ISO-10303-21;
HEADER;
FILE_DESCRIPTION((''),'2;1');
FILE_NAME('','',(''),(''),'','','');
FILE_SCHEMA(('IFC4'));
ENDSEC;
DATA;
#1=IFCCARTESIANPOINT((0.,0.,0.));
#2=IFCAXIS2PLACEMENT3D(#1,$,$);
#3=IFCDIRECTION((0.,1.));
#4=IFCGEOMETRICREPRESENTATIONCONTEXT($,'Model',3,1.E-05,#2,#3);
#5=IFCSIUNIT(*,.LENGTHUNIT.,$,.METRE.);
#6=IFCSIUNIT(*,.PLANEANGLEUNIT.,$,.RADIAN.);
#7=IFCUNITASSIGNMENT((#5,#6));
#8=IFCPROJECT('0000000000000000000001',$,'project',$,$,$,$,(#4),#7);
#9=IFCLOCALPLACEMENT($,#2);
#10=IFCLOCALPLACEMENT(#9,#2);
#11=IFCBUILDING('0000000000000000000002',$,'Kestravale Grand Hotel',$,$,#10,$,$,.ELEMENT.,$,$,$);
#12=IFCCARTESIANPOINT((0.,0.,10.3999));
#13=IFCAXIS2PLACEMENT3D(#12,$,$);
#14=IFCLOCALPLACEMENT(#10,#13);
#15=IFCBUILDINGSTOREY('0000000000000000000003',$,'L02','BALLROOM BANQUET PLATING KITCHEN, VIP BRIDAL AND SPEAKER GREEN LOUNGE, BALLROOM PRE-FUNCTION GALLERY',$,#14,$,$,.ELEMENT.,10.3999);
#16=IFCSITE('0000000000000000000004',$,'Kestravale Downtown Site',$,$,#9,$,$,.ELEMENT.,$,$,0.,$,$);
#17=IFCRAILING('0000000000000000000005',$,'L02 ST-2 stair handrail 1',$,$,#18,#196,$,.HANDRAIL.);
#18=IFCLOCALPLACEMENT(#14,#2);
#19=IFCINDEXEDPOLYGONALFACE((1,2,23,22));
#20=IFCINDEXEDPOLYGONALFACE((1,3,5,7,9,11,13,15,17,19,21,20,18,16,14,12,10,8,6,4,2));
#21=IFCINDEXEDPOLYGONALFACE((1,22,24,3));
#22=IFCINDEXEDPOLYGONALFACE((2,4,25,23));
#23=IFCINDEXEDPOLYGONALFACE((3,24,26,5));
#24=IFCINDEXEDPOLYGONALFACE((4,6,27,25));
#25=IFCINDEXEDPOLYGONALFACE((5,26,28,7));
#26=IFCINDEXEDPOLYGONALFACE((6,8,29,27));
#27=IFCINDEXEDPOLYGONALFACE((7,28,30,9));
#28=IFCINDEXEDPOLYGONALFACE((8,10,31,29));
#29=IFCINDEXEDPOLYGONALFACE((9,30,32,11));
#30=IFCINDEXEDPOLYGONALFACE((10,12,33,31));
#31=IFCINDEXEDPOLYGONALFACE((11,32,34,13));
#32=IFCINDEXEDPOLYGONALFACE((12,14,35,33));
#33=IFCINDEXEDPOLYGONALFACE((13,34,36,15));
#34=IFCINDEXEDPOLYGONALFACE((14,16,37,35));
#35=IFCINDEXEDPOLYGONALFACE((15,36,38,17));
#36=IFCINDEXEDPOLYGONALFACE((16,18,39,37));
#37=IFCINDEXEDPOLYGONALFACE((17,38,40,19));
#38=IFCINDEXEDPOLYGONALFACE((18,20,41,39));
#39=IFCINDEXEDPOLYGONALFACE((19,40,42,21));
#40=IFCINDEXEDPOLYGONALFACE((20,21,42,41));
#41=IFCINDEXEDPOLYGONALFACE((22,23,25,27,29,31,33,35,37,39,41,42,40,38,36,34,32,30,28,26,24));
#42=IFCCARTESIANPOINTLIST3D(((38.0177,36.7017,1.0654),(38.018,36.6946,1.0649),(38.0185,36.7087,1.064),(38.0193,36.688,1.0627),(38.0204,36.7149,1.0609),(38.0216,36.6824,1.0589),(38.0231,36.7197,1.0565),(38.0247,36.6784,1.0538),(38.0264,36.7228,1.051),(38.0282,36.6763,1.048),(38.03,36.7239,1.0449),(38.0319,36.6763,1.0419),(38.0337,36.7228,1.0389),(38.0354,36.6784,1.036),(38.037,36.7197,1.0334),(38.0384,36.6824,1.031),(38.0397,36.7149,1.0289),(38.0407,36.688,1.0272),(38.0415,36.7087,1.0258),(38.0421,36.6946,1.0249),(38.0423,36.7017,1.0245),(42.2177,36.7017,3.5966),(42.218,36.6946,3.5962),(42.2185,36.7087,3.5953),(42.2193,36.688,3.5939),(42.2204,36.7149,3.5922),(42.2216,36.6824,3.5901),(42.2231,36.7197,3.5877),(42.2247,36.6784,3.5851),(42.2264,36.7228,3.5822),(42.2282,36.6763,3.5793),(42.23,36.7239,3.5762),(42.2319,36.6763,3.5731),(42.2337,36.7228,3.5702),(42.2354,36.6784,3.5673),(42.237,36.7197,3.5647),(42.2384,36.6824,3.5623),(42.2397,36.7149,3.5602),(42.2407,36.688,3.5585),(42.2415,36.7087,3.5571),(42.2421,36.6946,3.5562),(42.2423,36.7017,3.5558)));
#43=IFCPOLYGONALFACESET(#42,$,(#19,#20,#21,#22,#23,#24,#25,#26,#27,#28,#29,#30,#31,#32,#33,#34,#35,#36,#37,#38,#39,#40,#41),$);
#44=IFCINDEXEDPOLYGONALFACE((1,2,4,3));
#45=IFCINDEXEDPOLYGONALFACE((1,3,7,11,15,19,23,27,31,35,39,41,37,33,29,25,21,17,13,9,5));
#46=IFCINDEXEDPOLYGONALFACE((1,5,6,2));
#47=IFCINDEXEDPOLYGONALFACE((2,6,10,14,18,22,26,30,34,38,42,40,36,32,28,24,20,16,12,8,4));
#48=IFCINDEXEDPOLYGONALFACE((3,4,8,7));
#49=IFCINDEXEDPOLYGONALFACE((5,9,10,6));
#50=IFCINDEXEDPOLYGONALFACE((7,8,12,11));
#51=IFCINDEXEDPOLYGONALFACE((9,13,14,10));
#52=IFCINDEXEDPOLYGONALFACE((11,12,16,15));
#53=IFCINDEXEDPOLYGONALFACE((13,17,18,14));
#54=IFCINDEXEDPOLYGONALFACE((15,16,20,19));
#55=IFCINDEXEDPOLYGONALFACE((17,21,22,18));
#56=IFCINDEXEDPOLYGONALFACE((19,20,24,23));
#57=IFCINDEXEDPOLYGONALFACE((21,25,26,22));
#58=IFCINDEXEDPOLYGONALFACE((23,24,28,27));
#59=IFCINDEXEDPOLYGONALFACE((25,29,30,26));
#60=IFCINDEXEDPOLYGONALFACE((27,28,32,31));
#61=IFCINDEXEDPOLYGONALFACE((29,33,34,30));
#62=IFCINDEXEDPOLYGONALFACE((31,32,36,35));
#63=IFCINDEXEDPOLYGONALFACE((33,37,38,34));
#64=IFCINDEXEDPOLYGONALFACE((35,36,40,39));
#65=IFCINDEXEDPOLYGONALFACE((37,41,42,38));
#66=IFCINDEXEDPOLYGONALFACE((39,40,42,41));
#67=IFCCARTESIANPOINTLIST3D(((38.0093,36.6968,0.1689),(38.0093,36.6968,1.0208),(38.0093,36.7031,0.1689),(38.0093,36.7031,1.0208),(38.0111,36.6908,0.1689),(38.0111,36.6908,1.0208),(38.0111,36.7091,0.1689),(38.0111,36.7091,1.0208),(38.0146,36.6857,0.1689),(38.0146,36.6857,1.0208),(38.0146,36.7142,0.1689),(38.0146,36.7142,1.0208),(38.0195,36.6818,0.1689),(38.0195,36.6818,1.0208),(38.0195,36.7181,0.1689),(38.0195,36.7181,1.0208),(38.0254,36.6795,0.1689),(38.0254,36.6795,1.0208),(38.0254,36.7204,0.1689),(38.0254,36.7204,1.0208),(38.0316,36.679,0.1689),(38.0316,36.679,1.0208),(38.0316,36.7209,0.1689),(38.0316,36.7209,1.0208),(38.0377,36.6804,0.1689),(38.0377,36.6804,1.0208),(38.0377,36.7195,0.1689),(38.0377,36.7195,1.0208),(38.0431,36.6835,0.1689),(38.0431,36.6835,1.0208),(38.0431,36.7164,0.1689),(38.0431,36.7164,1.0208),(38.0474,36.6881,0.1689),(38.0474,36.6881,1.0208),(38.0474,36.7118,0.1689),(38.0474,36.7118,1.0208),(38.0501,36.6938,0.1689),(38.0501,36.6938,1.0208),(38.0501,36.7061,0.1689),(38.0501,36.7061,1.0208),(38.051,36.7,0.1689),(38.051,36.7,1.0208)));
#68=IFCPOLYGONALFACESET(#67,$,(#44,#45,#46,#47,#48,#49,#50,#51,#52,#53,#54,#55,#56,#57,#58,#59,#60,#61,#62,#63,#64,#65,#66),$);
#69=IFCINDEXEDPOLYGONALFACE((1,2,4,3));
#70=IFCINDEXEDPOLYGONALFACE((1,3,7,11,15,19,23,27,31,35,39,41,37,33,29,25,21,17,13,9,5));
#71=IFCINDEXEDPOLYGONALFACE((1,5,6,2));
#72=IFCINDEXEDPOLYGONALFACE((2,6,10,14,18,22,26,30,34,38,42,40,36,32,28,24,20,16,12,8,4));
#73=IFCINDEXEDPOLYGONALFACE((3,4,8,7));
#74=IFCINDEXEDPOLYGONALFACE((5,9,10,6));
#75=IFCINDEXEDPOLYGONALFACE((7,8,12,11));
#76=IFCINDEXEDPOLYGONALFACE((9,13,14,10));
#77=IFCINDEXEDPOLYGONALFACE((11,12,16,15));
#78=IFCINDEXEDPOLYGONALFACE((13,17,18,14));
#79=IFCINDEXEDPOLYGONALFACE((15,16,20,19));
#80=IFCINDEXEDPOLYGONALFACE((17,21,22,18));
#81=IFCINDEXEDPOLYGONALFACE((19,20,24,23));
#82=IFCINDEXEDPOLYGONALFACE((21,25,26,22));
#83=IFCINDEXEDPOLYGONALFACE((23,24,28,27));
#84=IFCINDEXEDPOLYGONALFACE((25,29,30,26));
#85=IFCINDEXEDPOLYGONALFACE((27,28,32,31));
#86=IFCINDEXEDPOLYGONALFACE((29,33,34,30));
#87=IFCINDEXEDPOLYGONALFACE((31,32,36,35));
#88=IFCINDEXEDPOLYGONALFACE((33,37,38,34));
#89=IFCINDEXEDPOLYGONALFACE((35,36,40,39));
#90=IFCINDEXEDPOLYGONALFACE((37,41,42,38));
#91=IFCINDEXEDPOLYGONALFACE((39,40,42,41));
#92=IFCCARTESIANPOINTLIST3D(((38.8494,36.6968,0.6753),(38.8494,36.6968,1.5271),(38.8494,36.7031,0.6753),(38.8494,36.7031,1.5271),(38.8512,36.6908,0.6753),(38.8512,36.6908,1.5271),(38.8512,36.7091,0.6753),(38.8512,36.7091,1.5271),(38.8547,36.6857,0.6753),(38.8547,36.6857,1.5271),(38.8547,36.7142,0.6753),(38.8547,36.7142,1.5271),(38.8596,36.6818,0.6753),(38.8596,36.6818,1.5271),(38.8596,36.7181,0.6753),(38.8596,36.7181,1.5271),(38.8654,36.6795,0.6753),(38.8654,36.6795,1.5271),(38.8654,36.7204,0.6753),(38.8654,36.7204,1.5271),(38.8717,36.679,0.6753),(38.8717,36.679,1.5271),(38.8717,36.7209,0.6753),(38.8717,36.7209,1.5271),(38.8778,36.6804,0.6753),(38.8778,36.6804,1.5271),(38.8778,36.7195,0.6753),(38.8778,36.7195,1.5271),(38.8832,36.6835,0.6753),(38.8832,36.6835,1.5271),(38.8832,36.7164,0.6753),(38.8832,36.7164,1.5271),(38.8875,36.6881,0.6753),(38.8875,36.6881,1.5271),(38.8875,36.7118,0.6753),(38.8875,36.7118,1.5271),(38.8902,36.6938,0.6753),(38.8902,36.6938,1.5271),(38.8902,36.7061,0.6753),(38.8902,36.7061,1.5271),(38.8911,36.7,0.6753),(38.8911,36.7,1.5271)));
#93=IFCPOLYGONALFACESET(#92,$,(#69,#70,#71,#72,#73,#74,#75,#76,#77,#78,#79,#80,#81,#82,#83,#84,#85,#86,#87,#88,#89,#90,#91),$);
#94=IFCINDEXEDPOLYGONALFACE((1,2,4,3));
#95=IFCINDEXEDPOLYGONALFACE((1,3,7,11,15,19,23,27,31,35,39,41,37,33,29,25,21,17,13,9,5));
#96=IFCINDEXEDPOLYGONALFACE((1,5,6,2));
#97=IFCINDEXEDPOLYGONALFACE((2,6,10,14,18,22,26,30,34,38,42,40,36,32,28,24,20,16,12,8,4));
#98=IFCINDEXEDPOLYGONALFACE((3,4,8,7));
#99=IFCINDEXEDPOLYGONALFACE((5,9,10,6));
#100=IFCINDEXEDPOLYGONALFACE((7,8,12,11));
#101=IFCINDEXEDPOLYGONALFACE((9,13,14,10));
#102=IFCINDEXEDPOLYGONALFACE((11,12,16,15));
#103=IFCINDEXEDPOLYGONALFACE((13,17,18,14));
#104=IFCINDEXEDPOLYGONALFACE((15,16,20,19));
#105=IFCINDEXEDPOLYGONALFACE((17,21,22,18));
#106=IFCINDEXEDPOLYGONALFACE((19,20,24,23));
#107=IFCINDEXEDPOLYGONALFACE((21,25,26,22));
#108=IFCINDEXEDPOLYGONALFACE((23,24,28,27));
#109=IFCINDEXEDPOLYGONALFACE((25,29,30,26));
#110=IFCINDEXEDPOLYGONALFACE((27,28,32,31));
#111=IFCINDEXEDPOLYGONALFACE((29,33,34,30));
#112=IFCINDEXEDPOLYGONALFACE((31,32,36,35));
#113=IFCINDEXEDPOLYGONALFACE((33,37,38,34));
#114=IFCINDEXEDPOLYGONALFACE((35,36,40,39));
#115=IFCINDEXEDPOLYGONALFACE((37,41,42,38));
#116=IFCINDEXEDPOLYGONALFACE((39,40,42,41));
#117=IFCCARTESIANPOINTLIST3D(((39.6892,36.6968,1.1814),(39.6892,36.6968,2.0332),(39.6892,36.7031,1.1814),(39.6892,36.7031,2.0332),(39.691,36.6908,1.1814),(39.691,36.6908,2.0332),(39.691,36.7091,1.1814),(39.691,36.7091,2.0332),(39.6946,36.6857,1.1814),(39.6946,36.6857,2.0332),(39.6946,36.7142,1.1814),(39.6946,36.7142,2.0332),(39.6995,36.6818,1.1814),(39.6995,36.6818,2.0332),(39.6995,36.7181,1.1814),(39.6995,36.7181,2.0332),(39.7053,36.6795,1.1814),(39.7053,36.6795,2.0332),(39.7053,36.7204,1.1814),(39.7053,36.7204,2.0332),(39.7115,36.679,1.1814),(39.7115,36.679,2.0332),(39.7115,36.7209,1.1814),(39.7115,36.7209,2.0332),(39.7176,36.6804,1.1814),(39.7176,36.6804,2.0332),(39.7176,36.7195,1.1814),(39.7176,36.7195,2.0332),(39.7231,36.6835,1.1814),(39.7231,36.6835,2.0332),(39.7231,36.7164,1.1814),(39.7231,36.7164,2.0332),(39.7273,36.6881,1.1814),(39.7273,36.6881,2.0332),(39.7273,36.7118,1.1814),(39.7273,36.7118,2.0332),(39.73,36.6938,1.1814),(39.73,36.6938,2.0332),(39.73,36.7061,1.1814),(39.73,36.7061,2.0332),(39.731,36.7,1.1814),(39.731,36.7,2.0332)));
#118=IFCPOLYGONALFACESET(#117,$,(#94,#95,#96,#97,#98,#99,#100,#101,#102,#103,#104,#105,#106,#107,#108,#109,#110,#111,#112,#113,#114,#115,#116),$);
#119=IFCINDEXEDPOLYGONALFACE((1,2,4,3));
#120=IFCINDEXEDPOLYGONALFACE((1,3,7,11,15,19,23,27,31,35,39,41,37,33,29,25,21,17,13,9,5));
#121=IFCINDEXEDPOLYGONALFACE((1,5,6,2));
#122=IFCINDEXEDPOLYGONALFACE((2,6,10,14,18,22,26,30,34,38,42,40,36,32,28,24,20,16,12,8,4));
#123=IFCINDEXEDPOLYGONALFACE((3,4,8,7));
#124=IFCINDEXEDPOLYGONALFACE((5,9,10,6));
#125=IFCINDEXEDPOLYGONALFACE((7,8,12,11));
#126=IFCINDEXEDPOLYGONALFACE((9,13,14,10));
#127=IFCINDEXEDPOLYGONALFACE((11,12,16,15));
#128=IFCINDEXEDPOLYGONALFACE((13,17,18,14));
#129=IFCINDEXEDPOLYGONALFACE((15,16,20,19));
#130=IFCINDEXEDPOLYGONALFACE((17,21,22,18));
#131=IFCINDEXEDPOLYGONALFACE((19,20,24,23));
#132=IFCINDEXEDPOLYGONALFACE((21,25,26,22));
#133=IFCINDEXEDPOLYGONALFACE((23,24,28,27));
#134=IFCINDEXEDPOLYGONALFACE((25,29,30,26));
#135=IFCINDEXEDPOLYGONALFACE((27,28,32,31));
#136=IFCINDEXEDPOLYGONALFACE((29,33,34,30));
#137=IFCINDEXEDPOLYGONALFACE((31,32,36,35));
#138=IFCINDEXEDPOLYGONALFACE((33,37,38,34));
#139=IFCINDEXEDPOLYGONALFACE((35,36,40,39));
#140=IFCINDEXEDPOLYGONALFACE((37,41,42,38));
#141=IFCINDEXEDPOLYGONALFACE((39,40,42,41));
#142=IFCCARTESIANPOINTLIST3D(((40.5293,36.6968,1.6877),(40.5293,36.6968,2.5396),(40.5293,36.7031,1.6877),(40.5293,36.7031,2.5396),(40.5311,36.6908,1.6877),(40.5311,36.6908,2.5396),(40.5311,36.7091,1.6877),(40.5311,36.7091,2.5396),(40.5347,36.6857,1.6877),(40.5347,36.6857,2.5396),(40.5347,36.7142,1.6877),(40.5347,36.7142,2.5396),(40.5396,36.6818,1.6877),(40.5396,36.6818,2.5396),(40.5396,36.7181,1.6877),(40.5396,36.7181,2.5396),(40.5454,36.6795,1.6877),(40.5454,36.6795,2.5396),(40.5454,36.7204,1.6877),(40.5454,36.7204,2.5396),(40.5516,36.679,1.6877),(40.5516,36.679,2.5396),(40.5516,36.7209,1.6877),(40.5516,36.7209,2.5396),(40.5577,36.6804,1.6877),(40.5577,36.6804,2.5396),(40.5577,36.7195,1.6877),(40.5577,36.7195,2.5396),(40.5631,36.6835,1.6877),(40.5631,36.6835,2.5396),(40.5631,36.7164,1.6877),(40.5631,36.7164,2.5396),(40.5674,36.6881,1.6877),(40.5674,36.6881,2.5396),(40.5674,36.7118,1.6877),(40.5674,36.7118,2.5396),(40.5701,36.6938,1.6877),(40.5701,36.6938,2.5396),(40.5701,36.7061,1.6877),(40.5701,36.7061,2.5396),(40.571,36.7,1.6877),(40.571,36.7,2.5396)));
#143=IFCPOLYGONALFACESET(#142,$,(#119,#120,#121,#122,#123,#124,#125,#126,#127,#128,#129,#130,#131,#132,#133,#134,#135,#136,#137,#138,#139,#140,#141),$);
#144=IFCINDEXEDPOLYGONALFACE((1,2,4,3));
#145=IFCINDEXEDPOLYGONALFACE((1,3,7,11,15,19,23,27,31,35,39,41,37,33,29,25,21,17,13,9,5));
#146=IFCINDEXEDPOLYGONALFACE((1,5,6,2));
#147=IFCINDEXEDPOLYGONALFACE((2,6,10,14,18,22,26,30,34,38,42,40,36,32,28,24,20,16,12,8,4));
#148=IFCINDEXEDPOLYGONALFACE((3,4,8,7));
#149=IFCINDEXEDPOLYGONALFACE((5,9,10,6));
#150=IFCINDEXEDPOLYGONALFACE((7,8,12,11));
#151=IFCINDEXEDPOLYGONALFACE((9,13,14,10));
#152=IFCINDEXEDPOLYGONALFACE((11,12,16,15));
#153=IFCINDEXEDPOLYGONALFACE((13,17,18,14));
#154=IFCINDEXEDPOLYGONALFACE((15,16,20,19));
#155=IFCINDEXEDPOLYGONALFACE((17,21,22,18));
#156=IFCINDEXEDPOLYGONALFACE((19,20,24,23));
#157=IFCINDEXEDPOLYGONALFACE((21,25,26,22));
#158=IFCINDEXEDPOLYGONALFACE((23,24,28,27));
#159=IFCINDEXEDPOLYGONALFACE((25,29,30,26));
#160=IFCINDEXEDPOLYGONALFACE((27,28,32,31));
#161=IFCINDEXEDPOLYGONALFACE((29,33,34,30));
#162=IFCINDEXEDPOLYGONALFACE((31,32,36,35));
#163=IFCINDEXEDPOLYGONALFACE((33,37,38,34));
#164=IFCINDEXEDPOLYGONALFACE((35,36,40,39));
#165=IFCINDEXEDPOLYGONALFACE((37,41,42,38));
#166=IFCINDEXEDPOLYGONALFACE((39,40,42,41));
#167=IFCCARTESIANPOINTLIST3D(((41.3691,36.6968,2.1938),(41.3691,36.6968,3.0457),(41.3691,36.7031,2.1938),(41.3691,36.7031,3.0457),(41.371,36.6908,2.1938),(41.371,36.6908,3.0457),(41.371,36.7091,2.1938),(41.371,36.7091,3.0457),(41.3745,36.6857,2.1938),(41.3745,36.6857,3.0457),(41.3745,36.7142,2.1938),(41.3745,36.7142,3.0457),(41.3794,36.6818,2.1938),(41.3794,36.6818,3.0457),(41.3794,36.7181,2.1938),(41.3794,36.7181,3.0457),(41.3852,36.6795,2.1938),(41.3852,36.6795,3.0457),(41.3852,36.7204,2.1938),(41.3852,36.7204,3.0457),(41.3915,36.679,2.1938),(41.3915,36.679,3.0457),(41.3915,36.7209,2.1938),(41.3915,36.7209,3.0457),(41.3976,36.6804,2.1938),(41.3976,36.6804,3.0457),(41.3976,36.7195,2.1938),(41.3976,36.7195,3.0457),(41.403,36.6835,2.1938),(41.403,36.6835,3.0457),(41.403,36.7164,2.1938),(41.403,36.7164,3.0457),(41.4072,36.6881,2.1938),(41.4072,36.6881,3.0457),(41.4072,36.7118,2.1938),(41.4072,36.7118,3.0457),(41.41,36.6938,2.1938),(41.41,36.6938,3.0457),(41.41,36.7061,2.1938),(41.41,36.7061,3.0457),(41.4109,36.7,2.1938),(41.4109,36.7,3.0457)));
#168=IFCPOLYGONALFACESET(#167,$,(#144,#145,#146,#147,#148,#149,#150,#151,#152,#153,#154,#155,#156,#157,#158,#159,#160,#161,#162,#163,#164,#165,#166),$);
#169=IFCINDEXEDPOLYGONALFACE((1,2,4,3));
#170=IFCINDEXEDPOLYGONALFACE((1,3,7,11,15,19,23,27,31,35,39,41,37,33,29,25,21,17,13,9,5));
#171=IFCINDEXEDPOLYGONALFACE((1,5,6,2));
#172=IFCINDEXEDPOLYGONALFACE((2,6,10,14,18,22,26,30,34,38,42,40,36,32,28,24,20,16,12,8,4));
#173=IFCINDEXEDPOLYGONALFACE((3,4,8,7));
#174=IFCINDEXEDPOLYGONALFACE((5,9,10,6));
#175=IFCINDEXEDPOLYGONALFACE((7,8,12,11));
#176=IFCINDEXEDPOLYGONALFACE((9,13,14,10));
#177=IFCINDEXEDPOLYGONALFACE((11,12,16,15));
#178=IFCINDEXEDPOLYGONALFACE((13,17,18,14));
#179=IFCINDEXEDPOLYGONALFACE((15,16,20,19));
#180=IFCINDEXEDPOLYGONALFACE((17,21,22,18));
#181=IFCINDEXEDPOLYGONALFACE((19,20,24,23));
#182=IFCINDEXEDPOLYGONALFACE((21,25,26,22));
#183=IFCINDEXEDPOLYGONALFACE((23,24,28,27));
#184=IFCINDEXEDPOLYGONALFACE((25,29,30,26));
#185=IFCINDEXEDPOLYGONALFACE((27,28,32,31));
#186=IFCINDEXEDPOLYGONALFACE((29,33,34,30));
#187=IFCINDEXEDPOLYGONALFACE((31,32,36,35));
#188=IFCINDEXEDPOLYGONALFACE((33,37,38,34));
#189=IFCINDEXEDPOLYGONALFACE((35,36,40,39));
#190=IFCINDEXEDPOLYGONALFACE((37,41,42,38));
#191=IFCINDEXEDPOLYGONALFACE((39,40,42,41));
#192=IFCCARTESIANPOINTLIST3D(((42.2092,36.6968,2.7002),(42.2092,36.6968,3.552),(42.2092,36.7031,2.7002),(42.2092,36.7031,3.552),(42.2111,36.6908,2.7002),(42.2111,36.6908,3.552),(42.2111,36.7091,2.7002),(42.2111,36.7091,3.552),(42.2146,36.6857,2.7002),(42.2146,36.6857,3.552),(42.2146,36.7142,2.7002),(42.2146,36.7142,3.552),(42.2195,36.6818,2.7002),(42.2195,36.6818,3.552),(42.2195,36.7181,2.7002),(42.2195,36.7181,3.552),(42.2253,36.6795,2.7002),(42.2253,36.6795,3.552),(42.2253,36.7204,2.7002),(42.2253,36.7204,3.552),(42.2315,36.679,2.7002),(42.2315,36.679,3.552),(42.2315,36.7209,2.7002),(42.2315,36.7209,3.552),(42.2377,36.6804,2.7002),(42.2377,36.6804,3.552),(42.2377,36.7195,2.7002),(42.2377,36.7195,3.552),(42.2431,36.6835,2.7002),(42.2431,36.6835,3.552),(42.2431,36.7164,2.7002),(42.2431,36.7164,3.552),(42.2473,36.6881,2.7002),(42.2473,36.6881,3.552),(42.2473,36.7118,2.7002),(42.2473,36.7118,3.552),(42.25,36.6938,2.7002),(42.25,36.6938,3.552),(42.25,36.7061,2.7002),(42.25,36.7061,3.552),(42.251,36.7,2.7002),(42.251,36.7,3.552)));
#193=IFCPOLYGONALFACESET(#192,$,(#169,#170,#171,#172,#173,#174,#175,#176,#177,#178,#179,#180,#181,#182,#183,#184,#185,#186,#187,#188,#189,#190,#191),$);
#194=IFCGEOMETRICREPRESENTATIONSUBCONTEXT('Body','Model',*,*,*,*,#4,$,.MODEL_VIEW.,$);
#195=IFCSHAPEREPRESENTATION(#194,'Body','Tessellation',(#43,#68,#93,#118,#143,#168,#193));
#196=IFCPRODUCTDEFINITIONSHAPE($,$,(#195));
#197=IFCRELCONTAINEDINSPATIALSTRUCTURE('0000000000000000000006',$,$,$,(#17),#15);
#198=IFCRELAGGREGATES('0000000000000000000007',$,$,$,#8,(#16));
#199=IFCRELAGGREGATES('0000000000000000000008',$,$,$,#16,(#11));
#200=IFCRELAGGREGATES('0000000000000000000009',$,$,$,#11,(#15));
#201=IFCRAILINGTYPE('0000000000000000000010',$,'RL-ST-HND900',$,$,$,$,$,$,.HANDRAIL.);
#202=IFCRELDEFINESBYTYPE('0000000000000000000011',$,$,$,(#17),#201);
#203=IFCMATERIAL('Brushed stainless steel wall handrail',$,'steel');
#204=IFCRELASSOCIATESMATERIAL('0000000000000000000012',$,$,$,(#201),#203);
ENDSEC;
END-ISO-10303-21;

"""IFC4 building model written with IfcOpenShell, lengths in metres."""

from ifc_helpers import new_model, si_unit, direction, frame, origin, origin_2d, place, context, subcontext, project, spatial, circle, extrude, material, type_object, element, save


model = new_model("IFC4")

# Units and contexts
model_context = context("Model", 3, precision=1e-05, world=origin(), true_north=direction((0.0, 1.0)))
body_context = subcontext(model_context, "Body", "Model", "MODEL_VIEW")
ifc_project = project(units=[si_unit("LENGTHUNIT", "METRE"), si_unit("PLANEANGLEUNIT", "RADIAN")], contexts=[model_context])

# Site, building, storey
site_placement = place(None, origin())
site = spatial("IfcSite", under=ifc_project, at=site_placement, Name="Kestravale Downtown Site", CompositionType="ELEMENT", RefElevation=0.0)
building_placement = place(site_placement, origin())
building = spatial("IfcBuilding", under=site, at=building_placement, Name="Kestravale Grand Hotel", CompositionType="ELEMENT")
storey_placement = place(building_placement, frame((0.0, 0.0, 10.3999)))
storey = spatial("IfcBuildingStorey", under=building, at=storey_placement, Name="L02", Description="BALLROOM BANQUET PLATING KITCHEN, VIP BRIDAL AND SPEAKER GREEN LOUNGE, BALLROOM PRE-FUNCTION GALLERY", CompositionType="ELEMENT", Elevation=10.3999)

# Railing
ifc_material_1 = material(Name="Brushed stainless steel wall handrail", Category="steel")
railing_type_1 = type_object("IfcRailingType", Name="RL-ST-HND900", PredefinedType="HANDRAIL", material=ifc_material_1)
railing_1_placement = place(storey_placement, frame((38.03, 36.7, 0.1689)))
element("IfcRailing", 1, at=railing_1_placement, inside=storey, type_object=railing_type_1, Name="L02 ST-2 stair handrail 1", PredefinedType="HANDRAIL", context=body_context, shape_type="SweptSolid", body=[
    extrude(circle(Radius=0.0239, at=origin_2d()), frame((0.0, 0.0, 0.876), z_axis=(0.856476, 0.0, 0.516186), x_axis=(0.0, 1.0, 0.0)), (0.0, 0.0, 1.0), 4.9038),
    extrude(circle(Radius=0.021, at=origin_2d()), origin(), (0.0, 0.0, 1.0), 0.8518),
    extrude(circle(Radius=0.021, at=origin_2d()), frame((0.8401, 0.0, 0.5063)), (0.0, 0.0, 1.0), 0.8518),
    extrude(circle(Radius=0.021, at=origin_2d()), frame((1.6799, 0.0, 1.0125)), (0.0, 0.0, 1.0), 0.8518),
    extrude(circle(Radius=0.021, at=origin_2d()), frame((2.52, 0.0, 1.5188)), (0.0, 0.0, 1.0), 0.8518),
    extrude(circle(Radius=0.021, at=origin_2d()), frame((3.3599, 0.0, 2.0249)), (0.0, 0.0, 1.0), 0.8518),
    extrude(circle(Radius=0.021, at=origin_2d()), frame((4.2, 0.0, 2.5312)), (0.0, 0.0, 1.0), 0.8518),
])

save(model, "model.ifc")
